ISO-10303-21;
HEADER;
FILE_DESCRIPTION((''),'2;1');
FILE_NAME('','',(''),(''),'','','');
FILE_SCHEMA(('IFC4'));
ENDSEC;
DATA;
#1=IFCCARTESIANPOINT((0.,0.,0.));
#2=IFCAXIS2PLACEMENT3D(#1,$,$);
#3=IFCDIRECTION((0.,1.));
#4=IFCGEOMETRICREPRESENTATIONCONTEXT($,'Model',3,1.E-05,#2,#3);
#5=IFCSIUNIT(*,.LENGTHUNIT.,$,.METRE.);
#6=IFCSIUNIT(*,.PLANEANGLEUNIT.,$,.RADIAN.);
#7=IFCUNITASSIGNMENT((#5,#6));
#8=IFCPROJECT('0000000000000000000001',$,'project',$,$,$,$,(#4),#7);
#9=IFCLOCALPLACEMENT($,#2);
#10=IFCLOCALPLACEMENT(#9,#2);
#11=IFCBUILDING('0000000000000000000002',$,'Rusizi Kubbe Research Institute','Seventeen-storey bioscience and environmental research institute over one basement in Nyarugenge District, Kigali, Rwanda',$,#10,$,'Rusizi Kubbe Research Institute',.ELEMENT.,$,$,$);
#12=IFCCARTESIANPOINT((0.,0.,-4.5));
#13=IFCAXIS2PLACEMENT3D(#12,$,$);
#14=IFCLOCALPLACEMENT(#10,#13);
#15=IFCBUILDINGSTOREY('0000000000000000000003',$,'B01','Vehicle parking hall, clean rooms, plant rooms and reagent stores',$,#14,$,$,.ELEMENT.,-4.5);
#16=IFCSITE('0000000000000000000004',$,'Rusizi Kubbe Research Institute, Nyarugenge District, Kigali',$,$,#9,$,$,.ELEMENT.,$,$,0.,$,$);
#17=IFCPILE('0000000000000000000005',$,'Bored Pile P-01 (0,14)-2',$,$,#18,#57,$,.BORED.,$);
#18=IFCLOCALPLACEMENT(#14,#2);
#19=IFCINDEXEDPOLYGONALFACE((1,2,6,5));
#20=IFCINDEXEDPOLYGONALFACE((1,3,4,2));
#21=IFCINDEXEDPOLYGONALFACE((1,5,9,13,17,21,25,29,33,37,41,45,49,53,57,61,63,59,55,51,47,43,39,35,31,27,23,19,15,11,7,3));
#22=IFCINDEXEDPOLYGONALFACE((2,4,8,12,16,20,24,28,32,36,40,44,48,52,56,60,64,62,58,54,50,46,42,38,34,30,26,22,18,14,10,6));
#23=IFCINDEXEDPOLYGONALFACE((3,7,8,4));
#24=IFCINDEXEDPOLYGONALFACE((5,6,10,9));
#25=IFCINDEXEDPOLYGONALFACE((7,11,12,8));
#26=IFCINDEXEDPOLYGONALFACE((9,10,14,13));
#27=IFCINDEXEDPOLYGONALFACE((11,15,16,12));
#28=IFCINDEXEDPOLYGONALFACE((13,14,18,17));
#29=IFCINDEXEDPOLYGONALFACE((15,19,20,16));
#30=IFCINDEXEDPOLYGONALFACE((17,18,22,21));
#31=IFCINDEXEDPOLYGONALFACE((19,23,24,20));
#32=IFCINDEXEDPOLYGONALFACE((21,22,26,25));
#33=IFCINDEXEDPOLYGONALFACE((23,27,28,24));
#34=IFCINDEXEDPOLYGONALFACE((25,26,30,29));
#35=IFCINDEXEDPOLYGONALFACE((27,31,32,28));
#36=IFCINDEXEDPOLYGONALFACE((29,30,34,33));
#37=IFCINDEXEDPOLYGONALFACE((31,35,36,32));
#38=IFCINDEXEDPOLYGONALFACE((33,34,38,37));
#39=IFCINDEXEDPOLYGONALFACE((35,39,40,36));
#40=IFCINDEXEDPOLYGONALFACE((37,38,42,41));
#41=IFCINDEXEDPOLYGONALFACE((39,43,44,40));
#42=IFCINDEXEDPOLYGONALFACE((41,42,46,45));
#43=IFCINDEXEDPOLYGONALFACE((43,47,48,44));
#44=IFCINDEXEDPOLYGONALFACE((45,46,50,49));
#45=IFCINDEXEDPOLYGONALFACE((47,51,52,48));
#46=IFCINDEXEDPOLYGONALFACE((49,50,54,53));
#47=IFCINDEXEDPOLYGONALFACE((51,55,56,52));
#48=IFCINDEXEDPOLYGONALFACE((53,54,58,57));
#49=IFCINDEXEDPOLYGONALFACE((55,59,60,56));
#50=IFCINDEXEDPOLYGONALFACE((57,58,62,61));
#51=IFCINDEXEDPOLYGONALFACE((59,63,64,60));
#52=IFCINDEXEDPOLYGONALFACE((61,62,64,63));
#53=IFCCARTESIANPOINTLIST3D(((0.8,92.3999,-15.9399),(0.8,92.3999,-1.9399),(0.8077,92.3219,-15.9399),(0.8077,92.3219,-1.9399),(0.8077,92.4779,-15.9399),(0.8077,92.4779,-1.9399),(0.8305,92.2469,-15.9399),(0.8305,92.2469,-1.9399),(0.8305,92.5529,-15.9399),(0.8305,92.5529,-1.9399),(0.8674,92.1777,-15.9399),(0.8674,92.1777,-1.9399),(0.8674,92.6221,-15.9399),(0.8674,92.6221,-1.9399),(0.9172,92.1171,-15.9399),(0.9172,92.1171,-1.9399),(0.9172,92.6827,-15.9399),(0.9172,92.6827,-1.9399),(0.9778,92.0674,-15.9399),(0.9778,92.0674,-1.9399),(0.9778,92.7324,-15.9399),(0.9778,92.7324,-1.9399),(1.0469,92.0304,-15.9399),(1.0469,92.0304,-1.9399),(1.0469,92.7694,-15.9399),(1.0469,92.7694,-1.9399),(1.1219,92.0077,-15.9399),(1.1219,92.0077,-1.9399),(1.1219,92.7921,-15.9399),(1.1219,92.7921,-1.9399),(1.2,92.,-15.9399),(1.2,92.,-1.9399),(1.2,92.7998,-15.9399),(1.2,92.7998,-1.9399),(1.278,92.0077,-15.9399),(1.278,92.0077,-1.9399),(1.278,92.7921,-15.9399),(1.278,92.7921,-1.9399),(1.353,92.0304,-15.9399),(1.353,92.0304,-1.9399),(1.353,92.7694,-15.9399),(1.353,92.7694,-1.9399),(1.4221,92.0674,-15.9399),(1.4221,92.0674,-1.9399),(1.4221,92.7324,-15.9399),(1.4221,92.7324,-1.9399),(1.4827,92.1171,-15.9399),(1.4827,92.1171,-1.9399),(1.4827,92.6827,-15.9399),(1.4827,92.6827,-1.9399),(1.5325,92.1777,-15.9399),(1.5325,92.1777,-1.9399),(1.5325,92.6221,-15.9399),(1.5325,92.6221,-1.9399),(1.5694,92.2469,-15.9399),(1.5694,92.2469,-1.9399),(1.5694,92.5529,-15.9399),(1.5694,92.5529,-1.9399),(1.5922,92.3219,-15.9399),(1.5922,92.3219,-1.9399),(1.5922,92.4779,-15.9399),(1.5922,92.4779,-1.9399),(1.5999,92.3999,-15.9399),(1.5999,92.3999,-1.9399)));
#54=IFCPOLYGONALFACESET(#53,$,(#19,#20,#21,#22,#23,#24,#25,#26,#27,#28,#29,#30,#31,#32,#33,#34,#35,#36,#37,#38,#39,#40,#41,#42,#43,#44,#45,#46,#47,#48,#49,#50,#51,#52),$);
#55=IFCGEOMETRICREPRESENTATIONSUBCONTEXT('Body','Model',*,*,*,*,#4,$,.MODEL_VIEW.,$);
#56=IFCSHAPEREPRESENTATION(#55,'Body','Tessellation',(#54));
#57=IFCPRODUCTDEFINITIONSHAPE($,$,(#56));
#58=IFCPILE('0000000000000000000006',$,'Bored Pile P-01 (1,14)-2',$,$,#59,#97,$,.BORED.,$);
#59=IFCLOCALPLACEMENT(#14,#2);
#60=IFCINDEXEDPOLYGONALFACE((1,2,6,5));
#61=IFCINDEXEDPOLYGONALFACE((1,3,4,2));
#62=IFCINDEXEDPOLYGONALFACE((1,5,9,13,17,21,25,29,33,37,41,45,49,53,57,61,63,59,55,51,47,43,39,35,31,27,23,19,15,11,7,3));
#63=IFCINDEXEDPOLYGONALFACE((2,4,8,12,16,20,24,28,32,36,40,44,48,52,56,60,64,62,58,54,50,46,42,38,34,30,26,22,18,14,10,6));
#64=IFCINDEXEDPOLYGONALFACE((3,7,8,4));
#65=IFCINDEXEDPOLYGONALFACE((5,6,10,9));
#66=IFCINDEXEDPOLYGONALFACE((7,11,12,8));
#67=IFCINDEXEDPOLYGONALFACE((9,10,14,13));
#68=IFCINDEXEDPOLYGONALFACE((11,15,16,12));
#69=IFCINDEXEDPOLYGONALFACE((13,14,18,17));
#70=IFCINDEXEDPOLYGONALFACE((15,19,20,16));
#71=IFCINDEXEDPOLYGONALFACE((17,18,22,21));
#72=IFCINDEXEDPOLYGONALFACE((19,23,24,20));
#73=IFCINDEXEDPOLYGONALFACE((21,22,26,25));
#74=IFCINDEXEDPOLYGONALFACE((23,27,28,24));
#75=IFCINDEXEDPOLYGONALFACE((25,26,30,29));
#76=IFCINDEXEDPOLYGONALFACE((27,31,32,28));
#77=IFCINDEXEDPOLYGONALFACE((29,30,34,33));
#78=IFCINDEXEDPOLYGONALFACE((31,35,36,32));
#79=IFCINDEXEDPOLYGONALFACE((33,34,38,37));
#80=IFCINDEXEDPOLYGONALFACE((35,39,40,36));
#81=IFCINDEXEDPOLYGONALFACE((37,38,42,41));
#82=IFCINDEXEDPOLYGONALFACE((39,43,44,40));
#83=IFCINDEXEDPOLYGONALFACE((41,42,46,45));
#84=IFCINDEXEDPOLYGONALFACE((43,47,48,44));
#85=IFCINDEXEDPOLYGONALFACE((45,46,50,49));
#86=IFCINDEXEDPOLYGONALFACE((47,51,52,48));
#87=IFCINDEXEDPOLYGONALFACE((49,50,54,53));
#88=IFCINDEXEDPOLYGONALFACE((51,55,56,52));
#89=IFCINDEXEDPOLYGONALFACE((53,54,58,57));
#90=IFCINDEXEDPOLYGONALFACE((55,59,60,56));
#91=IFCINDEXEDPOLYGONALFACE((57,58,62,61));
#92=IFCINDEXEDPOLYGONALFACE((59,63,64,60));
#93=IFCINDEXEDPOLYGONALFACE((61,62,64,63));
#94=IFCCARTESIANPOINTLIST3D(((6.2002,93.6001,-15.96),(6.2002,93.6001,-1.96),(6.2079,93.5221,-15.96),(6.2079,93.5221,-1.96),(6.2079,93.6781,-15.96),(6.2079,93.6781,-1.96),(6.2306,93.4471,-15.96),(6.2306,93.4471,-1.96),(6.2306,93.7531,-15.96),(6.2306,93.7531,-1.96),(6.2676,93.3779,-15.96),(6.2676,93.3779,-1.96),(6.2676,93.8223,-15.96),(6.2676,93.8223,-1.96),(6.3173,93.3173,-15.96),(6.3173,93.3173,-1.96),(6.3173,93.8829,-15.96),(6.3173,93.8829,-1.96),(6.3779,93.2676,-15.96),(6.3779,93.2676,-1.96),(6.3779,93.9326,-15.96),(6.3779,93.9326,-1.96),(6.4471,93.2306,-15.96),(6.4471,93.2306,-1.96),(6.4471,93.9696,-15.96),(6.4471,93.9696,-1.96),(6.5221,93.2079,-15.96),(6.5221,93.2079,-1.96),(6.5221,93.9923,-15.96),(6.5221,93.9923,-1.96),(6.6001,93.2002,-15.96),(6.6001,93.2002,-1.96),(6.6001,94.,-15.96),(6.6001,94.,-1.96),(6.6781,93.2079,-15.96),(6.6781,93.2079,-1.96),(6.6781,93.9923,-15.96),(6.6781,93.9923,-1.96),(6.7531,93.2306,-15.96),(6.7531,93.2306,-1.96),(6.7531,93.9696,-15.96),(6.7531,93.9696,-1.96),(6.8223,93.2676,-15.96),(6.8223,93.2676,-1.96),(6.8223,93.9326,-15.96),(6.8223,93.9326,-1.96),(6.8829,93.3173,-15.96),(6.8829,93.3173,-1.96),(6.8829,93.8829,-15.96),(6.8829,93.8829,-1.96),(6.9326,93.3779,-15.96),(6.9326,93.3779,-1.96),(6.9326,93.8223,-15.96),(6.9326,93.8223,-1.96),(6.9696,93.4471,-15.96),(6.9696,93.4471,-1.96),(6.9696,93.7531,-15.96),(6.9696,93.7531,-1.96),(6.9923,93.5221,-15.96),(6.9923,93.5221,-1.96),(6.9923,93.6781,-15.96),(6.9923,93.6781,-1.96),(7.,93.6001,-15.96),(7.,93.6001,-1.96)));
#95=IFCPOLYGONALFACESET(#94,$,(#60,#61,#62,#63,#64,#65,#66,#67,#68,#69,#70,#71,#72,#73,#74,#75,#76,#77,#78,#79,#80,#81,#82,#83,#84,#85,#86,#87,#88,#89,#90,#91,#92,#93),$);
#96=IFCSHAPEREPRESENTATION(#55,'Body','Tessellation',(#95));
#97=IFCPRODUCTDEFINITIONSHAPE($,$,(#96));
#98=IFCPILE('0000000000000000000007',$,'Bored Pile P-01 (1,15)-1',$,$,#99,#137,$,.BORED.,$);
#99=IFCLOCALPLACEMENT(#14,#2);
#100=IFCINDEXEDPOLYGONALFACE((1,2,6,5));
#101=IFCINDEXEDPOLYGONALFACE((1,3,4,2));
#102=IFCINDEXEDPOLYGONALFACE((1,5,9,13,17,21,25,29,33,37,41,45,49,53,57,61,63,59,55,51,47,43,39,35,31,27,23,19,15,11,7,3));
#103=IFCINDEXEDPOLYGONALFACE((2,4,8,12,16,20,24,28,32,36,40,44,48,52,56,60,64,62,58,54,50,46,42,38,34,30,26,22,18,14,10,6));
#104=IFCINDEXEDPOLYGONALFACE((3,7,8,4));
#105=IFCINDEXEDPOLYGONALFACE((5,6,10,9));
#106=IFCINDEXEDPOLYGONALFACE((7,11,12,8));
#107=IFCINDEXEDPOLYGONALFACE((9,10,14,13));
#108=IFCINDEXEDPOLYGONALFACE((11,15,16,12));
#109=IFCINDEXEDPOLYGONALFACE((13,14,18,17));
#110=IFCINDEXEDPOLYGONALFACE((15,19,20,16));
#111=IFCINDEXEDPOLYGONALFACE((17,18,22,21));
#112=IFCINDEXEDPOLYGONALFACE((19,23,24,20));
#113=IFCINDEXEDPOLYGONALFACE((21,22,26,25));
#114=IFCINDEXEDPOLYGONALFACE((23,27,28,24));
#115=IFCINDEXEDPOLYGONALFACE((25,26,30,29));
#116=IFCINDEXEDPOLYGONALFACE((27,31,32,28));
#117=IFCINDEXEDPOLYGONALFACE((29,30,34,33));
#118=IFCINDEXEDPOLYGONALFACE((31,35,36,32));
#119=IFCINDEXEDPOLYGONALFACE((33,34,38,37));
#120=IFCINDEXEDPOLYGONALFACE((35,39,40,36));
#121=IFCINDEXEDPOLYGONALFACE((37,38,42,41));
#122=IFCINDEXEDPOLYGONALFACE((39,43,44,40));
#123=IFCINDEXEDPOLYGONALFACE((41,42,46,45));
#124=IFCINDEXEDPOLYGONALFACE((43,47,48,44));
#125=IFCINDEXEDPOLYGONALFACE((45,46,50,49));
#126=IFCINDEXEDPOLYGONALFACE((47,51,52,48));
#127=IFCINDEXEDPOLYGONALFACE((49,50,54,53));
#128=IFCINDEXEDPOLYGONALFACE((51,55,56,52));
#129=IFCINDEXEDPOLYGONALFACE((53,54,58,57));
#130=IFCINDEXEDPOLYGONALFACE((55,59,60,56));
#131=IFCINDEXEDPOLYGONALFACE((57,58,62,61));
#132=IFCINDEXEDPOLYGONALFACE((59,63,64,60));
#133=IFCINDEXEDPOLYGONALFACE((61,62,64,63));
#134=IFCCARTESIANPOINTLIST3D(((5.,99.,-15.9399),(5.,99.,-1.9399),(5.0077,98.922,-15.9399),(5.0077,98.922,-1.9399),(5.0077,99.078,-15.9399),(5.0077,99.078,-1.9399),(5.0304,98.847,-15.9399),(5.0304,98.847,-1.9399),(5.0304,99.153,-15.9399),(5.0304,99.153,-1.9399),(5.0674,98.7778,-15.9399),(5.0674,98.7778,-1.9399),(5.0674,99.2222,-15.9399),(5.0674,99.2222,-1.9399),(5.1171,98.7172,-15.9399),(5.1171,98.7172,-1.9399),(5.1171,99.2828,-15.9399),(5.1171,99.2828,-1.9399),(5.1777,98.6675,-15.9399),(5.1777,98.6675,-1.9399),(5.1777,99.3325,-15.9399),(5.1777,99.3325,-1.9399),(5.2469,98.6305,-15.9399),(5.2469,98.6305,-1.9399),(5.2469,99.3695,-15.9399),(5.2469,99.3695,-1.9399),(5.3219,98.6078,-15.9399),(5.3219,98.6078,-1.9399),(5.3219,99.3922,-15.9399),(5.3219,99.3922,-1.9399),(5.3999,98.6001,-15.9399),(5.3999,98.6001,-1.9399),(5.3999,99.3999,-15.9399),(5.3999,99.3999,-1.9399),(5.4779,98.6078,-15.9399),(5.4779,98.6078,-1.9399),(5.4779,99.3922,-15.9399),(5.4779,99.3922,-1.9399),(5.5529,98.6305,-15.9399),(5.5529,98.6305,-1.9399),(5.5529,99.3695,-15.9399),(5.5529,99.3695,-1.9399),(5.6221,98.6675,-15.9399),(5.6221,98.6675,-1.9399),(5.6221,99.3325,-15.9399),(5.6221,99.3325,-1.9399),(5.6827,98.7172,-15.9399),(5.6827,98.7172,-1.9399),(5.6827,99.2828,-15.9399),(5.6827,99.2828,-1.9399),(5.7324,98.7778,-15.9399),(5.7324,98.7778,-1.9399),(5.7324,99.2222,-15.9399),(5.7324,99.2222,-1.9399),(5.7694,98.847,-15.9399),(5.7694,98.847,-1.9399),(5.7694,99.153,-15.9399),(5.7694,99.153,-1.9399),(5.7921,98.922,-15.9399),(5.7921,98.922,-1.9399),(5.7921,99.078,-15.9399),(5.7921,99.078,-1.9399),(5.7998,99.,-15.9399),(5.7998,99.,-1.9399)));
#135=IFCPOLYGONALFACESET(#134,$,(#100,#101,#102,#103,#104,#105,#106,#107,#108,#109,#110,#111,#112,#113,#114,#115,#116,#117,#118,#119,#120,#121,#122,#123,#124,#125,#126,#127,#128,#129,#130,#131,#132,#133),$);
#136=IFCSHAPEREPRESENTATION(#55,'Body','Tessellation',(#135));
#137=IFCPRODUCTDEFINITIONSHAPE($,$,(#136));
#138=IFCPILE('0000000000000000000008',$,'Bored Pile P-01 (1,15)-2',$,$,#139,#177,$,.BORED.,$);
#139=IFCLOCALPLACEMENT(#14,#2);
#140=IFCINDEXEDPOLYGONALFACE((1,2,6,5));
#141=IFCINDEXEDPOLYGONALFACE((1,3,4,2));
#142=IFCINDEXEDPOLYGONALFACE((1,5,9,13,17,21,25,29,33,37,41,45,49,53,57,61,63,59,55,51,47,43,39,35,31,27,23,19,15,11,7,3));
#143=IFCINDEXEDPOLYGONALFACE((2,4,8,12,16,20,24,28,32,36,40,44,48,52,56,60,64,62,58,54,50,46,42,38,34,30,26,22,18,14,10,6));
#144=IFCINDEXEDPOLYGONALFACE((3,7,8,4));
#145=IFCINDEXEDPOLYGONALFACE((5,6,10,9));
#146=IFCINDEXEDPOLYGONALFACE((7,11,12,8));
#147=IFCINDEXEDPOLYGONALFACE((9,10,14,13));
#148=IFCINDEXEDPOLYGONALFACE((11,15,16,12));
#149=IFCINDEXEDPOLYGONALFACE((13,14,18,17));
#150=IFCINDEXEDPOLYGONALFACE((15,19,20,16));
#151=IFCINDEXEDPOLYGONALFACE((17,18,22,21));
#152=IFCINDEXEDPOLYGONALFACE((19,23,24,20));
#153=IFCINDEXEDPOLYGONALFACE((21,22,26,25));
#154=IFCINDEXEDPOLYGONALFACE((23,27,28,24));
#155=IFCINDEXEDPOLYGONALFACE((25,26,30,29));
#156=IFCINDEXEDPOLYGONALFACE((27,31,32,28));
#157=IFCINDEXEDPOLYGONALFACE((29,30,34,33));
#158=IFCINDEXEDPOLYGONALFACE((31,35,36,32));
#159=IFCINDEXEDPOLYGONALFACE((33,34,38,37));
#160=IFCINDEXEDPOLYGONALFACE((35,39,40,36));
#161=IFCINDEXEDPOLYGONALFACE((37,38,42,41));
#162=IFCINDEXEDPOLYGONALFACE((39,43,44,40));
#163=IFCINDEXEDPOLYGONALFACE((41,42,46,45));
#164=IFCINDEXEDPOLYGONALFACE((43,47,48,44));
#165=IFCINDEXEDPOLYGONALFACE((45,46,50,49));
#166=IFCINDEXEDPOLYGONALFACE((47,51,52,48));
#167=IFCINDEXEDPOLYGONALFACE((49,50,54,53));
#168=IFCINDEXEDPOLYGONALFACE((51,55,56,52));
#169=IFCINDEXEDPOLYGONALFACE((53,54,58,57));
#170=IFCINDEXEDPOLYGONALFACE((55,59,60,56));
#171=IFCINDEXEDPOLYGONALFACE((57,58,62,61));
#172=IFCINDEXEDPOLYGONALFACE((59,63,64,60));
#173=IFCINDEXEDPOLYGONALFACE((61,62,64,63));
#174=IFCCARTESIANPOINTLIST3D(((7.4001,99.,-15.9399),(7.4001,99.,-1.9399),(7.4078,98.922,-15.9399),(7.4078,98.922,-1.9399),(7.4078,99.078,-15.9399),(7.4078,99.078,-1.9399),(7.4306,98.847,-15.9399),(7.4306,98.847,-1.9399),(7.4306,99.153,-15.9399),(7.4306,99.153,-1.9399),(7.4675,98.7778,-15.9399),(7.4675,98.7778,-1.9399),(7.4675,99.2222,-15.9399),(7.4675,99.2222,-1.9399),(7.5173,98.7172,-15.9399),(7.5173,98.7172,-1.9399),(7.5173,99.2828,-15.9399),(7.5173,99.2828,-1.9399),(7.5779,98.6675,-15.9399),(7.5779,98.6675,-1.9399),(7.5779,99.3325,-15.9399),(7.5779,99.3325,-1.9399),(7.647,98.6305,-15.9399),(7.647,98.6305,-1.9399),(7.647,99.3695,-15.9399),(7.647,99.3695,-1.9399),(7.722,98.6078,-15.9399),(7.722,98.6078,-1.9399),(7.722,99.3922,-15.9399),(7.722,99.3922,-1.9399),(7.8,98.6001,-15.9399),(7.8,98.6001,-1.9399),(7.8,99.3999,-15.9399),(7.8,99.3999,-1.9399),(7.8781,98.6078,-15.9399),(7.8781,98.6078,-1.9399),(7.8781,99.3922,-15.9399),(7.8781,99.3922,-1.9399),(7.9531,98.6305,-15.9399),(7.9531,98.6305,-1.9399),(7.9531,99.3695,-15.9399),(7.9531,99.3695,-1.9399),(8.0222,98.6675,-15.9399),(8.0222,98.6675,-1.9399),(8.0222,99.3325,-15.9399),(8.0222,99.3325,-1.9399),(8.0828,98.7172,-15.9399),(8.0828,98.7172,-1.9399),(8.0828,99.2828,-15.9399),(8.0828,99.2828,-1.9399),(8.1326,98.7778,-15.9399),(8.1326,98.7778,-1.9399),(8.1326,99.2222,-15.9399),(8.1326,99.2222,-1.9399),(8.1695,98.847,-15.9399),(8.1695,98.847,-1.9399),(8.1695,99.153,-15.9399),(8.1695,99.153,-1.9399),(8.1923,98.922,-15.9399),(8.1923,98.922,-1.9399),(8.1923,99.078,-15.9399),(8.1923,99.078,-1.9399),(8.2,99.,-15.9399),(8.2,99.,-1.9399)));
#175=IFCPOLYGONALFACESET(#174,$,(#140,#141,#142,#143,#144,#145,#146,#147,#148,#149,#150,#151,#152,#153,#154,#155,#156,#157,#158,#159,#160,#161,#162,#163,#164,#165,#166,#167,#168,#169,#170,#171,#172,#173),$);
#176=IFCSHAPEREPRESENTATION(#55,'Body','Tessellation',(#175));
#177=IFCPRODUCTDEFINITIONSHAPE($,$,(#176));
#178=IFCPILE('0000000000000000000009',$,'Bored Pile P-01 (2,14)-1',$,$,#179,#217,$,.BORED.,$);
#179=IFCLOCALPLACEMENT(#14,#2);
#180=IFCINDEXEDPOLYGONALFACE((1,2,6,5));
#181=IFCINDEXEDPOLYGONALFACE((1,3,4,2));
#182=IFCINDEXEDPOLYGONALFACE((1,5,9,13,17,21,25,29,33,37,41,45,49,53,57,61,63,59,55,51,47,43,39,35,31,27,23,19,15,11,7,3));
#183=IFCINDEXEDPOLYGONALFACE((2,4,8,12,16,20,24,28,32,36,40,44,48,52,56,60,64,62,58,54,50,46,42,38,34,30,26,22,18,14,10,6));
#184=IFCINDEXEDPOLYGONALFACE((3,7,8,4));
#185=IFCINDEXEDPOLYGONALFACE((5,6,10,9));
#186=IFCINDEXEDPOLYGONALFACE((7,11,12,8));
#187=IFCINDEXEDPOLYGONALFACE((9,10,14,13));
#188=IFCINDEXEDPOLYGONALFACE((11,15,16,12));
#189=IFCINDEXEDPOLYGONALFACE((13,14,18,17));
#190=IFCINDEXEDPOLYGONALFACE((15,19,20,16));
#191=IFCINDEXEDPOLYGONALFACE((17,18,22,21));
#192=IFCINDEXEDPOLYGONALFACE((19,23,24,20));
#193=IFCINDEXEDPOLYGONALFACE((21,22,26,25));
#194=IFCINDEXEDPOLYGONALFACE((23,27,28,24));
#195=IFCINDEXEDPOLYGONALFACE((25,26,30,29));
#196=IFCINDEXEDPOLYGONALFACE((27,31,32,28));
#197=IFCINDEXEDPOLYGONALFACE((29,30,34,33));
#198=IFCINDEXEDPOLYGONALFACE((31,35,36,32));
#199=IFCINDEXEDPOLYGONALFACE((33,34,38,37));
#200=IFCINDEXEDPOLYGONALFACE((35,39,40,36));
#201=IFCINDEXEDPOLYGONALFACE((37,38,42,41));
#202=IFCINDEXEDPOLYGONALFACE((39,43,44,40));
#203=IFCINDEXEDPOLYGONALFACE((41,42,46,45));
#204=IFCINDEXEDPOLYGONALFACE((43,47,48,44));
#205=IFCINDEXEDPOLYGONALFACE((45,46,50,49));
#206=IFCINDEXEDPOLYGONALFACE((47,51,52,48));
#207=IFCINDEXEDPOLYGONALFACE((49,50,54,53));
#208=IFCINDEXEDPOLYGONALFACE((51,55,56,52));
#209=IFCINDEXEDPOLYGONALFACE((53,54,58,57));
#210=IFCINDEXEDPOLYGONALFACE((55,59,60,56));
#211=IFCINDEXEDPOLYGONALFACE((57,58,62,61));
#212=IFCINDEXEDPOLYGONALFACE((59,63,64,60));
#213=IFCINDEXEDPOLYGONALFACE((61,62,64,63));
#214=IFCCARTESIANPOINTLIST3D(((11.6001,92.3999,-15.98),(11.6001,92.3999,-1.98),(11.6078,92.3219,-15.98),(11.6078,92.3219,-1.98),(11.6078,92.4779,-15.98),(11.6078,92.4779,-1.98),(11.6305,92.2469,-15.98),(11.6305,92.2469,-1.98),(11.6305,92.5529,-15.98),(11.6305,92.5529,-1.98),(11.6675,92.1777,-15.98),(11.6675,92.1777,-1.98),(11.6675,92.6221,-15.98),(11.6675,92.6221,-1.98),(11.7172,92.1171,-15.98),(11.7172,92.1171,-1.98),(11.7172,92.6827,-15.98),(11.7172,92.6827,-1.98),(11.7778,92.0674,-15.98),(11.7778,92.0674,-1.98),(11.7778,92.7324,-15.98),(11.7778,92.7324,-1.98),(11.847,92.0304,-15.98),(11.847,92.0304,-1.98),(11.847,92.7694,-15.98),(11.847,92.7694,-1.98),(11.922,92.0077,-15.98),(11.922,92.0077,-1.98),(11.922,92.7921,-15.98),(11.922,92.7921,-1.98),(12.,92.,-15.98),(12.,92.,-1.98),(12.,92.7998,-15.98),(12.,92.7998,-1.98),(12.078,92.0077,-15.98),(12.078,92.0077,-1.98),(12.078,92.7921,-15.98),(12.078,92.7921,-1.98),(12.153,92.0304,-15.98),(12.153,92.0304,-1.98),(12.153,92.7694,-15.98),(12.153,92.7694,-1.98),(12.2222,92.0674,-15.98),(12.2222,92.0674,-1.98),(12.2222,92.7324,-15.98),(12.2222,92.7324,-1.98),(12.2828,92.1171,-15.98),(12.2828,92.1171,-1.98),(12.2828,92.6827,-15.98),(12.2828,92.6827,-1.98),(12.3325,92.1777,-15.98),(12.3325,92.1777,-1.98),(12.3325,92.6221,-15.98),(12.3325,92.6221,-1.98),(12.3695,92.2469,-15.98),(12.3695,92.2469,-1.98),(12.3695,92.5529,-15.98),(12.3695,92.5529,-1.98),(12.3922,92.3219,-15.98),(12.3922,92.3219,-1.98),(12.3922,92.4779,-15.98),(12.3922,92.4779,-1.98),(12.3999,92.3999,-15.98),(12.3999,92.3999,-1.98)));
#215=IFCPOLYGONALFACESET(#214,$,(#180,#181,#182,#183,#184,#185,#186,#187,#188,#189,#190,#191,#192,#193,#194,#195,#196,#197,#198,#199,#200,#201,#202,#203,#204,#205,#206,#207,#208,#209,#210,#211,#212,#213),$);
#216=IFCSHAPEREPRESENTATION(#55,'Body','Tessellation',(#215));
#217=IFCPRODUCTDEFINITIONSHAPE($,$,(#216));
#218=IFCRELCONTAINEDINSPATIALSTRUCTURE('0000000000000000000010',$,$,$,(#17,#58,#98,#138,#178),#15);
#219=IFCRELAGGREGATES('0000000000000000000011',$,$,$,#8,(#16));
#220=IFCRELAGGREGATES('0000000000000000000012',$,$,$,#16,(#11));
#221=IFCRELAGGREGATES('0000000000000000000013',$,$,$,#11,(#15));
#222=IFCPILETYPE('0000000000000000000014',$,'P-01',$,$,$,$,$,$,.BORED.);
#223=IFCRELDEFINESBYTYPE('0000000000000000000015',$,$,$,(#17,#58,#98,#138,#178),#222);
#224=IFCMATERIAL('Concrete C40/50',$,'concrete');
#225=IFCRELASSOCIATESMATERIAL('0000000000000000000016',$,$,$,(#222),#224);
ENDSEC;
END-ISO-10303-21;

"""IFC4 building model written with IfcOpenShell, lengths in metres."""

from ifc_helpers import new_model, si_unit, direction, frame, origin, origin_2d, place, context, subcontext, project, spatial, circle, extrude, material, material_profile, profile_set, type_object, element, save


model = new_model("IFC4")

# Units and contexts
model_context = context("Model", 3, precision=1e-05, world=origin(), true_north=direction((0.0, 1.0)))
body_context = subcontext(model_context, "Body", "Model", "MODEL_VIEW")
ifc_project = project(units=[si_unit("LENGTHUNIT", "METRE"), si_unit("PLANEANGLEUNIT", "RADIAN")], contexts=[model_context])

# Site, building, storey
site_placement = place(None, origin())
site = spatial("IfcSite", under=ifc_project, at=site_placement, Name="Rusizi Kubbe Research Institute, Nyarugenge District, Kigali", CompositionType="ELEMENT", RefElevation=0.0)
building_placement = place(site_placement, origin())
building = spatial("IfcBuilding", under=site, at=building_placement, Name="Rusizi Kubbe Research Institute", Description="Seventeen-storey bioscience and environmental research institute over one basement in Nyarugenge District, Kigali, Rwanda", LongName="Rusizi Kubbe Research Institute", CompositionType="ELEMENT")
storey_placement = place(building_placement, frame((0.0, 0.0, -4.5)))
storey = spatial("IfcBuildingStorey", under=building, at=storey_placement, Name="B01", Description="Vehicle parking hall, clean rooms, plant rooms and reagent stores", CompositionType="ELEMENT", Elevation=-4.5)

# Piles
ifc_material_1 = material(Name="Concrete C40/50", Category="concrete")
ifc_material_profile_1 = material_profile(ifc_material_1, circle(Radius=0.3999, at=origin_2d()), Name="PILE-D800")
ifc_profile_set_1 = profile_set([ifc_material_profile_1], Name="Concrete C40/50")
pile_type_1 = type_object("IfcPileType", Name="P-01", PredefinedType="BORED", material=ifc_profile_set_1)
for number, where, z_axis, x_axis, name in (
    (1, (1.2, 92.3999, -1.9399), (0.0, 0.0, -1.0), (1.0, 0.0, 0.0), "Bored Pile P-01 (0,14)-2"),
    (2, (6.6001, 93.6001, -1.96), (0.0, 0.0, -1.0), (1.0, 0.0, 0.0), "Bored Pile P-01 (1,14)-2"),
    (3, (5.3999, 99.0, -1.9399), (0.0, 0.0, -1.0), (1.0, 0.0, 0.0), "Bored Pile P-01 (1,15)-1"),
    (4, (7.8, 99.0, -1.9399), (0.0, 0.0, -1.0), (1.0, 0.0, 0.0), "Bored Pile P-01 (1,15)-2"),
    (5, (12.0, 92.3999, -1.98), (0.0, 0.0, -1.0), (1.0, 0.0, 0.0), "Bored Pile P-01 (2,14)-1"),
):
    element("IfcPile", number, at=place(storey_placement, frame(where, z_axis=z_axis, x_axis=x_axis)), inside=storey, type_object=pile_type_1, Name=name, PredefinedType="BORED", context=body_context, shape_type="SweptSolid", body=[
        extrude(circle(Radius=0.3999, at=origin_2d()), origin(), (0.0, 0.0, 1.0), 14.0),
    ])

save(model, "model.ifc")
